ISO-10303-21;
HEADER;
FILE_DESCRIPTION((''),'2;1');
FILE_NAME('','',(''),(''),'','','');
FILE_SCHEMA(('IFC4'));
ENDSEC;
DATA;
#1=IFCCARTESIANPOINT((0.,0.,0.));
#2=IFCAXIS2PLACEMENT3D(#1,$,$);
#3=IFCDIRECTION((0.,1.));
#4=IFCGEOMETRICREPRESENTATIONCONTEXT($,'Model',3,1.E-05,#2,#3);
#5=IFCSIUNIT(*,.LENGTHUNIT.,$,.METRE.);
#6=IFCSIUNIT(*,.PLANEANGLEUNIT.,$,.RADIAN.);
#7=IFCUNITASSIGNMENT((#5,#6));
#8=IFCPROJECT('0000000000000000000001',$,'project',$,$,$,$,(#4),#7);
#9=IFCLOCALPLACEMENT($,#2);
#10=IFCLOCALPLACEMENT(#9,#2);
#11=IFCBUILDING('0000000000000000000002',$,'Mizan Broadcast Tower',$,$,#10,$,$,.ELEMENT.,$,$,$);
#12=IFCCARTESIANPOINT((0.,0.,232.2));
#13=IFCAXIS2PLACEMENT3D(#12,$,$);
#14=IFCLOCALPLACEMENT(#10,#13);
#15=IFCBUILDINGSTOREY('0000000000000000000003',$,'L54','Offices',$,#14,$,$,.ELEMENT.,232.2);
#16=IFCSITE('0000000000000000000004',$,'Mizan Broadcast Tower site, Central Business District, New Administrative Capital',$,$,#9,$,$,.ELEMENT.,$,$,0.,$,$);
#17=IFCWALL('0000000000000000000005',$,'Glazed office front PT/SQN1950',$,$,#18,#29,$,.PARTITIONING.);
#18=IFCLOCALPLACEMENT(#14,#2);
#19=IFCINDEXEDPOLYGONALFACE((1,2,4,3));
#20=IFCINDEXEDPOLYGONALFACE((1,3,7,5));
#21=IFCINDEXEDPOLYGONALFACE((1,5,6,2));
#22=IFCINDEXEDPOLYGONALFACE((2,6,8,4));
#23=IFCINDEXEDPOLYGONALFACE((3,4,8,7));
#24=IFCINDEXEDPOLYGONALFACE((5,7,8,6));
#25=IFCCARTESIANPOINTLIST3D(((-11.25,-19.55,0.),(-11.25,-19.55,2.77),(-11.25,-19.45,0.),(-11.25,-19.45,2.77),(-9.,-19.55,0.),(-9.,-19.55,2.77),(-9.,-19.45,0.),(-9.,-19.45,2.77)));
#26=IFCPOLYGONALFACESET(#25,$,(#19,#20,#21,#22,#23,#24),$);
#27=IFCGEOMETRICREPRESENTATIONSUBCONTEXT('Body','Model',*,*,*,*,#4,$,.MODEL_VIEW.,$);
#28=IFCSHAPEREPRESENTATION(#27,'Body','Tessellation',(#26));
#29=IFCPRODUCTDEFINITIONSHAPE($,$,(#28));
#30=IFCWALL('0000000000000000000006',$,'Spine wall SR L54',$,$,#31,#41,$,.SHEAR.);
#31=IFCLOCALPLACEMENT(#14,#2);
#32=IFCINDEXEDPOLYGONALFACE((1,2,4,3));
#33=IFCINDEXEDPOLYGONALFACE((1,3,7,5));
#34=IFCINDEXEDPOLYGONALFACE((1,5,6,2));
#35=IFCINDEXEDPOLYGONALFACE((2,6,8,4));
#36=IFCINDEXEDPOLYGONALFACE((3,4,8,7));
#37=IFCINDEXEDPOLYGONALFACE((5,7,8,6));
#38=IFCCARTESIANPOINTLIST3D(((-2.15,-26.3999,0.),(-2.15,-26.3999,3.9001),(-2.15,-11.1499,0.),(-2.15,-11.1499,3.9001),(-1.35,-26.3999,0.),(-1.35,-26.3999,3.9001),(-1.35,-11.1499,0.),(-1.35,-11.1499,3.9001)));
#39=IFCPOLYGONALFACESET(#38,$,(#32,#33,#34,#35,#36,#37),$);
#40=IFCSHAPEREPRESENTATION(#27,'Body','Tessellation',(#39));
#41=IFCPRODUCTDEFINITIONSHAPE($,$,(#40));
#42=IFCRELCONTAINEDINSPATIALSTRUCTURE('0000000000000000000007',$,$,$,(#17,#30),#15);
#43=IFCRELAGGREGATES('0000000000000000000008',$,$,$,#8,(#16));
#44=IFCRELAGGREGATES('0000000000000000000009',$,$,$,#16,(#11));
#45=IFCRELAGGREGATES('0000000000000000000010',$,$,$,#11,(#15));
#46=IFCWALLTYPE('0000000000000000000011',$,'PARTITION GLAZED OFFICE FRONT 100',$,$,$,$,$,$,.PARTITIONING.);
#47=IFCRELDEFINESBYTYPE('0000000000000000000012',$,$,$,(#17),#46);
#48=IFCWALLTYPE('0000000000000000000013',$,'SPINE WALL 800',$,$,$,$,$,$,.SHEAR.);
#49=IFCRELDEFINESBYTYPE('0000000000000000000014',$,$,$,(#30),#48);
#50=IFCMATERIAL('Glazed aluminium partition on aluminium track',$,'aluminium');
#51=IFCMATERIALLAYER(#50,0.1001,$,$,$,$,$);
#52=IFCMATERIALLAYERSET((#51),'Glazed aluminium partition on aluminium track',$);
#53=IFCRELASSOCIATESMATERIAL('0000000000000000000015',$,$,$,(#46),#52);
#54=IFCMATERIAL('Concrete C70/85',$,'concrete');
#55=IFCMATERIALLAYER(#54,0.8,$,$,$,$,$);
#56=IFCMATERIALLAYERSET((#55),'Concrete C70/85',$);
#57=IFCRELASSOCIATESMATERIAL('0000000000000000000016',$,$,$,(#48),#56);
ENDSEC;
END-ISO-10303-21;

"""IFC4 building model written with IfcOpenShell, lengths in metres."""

from ifc_helpers import new_model, si_unit, direction, frame, frame_2d, origin, place, context, subcontext, project, spatial, rectangle, extrude, material, layer, layer_set, type_object, element, save


model = new_model("IFC4")

# Units and contexts
model_context = context("Model", 3, precision=1e-05, world=origin(), true_north=direction((0.0, 1.0)))
body_context = subcontext(model_context, "Body", "Model", "MODEL_VIEW")
ifc_project = project(units=[si_unit("LENGTHUNIT", "METRE"), si_unit("PLANEANGLEUNIT", "RADIAN")], contexts=[model_context])

# Site, building, storey
site_placement = place(None, origin())
site = spatial("IfcSite", under=ifc_project, at=site_placement, Name="Mizan Broadcast Tower site, Central Business District, New Administrative Capital", CompositionType="ELEMENT", RefElevation=0.0)
building_placement = place(site_placement, origin())
building = spatial("IfcBuilding", under=site, at=building_placement, Name="Mizan Broadcast Tower", CompositionType="ELEMENT")
storey_placement = place(building_placement, frame((0.0, 0.0, 232.2)))
storey = spatial("IfcBuildingStorey", under=building, at=storey_placement, Name="L54", Description="Offices", CompositionType="ELEMENT", Elevation=232.2)

# Walls
ifc_material_1 = material(Name="Glazed aluminium partition on aluminium track", Category="aluminium")
ifc_layer_1 = layer(ifc_material_1, 0.1001)
ifc_layer_set_1 = layer_set([ifc_layer_1], Name="Glazed aluminium partition on aluminium track")
wall_type_1 = type_object("IfcWallType", Name="PARTITION GLAZED OFFICE FRONT 100", PredefinedType="PARTITIONING", material=ifc_layer_set_1)
wall_1_placement = place(storey_placement, frame((-9.0, -19.5, 0.0), z_axis=(0.0, 0.0, 1.0), x_axis=(-1.0, 0.0, 0.0)))
element("IfcWall", 1, at=wall_1_placement, inside=storey, type_object=wall_type_1, Name="Glazed office front PT/SQN1950", PredefinedType="PARTITIONING", context=body_context, shape_type="SweptSolid", body=[
    extrude(rectangle(XDim=2.25, YDim=0.1001, at=frame_2d((1.125, 0.0))), origin(), (0.0, 0.0, 1.0), 2.77),
])
ifc_material_2 = material(Name="Concrete C70/85", Category="concrete")
ifc_layer_2 = layer(ifc_material_2, 0.8)
ifc_layer_set_2 = layer_set([ifc_layer_2], Name="Concrete C70/85")
wall_type_2 = type_object("IfcWallType", Name="SPINE WALL 800", PredefinedType="SHEAR", material=ifc_layer_set_2)
wall_2_placement = place(storey_placement, frame((-1.75, -11.1499, 0.0), z_axis=(0.0, 0.0, 1.0), x_axis=(0.0, -1.0, 0.0)))
element("IfcWall", 2, at=wall_2_placement, inside=storey, type_object=wall_type_2, Name="Spine wall SR L54", PredefinedType="SHEAR", context=body_context, shape_type="SweptSolid", body=[
    extrude(rectangle(XDim=15.25, YDim=0.8, at=frame_2d((7.625, 0.0))), origin(), (0.0, 0.0, 1.0), 3.9001),
])

save(model, "model.ifc")
